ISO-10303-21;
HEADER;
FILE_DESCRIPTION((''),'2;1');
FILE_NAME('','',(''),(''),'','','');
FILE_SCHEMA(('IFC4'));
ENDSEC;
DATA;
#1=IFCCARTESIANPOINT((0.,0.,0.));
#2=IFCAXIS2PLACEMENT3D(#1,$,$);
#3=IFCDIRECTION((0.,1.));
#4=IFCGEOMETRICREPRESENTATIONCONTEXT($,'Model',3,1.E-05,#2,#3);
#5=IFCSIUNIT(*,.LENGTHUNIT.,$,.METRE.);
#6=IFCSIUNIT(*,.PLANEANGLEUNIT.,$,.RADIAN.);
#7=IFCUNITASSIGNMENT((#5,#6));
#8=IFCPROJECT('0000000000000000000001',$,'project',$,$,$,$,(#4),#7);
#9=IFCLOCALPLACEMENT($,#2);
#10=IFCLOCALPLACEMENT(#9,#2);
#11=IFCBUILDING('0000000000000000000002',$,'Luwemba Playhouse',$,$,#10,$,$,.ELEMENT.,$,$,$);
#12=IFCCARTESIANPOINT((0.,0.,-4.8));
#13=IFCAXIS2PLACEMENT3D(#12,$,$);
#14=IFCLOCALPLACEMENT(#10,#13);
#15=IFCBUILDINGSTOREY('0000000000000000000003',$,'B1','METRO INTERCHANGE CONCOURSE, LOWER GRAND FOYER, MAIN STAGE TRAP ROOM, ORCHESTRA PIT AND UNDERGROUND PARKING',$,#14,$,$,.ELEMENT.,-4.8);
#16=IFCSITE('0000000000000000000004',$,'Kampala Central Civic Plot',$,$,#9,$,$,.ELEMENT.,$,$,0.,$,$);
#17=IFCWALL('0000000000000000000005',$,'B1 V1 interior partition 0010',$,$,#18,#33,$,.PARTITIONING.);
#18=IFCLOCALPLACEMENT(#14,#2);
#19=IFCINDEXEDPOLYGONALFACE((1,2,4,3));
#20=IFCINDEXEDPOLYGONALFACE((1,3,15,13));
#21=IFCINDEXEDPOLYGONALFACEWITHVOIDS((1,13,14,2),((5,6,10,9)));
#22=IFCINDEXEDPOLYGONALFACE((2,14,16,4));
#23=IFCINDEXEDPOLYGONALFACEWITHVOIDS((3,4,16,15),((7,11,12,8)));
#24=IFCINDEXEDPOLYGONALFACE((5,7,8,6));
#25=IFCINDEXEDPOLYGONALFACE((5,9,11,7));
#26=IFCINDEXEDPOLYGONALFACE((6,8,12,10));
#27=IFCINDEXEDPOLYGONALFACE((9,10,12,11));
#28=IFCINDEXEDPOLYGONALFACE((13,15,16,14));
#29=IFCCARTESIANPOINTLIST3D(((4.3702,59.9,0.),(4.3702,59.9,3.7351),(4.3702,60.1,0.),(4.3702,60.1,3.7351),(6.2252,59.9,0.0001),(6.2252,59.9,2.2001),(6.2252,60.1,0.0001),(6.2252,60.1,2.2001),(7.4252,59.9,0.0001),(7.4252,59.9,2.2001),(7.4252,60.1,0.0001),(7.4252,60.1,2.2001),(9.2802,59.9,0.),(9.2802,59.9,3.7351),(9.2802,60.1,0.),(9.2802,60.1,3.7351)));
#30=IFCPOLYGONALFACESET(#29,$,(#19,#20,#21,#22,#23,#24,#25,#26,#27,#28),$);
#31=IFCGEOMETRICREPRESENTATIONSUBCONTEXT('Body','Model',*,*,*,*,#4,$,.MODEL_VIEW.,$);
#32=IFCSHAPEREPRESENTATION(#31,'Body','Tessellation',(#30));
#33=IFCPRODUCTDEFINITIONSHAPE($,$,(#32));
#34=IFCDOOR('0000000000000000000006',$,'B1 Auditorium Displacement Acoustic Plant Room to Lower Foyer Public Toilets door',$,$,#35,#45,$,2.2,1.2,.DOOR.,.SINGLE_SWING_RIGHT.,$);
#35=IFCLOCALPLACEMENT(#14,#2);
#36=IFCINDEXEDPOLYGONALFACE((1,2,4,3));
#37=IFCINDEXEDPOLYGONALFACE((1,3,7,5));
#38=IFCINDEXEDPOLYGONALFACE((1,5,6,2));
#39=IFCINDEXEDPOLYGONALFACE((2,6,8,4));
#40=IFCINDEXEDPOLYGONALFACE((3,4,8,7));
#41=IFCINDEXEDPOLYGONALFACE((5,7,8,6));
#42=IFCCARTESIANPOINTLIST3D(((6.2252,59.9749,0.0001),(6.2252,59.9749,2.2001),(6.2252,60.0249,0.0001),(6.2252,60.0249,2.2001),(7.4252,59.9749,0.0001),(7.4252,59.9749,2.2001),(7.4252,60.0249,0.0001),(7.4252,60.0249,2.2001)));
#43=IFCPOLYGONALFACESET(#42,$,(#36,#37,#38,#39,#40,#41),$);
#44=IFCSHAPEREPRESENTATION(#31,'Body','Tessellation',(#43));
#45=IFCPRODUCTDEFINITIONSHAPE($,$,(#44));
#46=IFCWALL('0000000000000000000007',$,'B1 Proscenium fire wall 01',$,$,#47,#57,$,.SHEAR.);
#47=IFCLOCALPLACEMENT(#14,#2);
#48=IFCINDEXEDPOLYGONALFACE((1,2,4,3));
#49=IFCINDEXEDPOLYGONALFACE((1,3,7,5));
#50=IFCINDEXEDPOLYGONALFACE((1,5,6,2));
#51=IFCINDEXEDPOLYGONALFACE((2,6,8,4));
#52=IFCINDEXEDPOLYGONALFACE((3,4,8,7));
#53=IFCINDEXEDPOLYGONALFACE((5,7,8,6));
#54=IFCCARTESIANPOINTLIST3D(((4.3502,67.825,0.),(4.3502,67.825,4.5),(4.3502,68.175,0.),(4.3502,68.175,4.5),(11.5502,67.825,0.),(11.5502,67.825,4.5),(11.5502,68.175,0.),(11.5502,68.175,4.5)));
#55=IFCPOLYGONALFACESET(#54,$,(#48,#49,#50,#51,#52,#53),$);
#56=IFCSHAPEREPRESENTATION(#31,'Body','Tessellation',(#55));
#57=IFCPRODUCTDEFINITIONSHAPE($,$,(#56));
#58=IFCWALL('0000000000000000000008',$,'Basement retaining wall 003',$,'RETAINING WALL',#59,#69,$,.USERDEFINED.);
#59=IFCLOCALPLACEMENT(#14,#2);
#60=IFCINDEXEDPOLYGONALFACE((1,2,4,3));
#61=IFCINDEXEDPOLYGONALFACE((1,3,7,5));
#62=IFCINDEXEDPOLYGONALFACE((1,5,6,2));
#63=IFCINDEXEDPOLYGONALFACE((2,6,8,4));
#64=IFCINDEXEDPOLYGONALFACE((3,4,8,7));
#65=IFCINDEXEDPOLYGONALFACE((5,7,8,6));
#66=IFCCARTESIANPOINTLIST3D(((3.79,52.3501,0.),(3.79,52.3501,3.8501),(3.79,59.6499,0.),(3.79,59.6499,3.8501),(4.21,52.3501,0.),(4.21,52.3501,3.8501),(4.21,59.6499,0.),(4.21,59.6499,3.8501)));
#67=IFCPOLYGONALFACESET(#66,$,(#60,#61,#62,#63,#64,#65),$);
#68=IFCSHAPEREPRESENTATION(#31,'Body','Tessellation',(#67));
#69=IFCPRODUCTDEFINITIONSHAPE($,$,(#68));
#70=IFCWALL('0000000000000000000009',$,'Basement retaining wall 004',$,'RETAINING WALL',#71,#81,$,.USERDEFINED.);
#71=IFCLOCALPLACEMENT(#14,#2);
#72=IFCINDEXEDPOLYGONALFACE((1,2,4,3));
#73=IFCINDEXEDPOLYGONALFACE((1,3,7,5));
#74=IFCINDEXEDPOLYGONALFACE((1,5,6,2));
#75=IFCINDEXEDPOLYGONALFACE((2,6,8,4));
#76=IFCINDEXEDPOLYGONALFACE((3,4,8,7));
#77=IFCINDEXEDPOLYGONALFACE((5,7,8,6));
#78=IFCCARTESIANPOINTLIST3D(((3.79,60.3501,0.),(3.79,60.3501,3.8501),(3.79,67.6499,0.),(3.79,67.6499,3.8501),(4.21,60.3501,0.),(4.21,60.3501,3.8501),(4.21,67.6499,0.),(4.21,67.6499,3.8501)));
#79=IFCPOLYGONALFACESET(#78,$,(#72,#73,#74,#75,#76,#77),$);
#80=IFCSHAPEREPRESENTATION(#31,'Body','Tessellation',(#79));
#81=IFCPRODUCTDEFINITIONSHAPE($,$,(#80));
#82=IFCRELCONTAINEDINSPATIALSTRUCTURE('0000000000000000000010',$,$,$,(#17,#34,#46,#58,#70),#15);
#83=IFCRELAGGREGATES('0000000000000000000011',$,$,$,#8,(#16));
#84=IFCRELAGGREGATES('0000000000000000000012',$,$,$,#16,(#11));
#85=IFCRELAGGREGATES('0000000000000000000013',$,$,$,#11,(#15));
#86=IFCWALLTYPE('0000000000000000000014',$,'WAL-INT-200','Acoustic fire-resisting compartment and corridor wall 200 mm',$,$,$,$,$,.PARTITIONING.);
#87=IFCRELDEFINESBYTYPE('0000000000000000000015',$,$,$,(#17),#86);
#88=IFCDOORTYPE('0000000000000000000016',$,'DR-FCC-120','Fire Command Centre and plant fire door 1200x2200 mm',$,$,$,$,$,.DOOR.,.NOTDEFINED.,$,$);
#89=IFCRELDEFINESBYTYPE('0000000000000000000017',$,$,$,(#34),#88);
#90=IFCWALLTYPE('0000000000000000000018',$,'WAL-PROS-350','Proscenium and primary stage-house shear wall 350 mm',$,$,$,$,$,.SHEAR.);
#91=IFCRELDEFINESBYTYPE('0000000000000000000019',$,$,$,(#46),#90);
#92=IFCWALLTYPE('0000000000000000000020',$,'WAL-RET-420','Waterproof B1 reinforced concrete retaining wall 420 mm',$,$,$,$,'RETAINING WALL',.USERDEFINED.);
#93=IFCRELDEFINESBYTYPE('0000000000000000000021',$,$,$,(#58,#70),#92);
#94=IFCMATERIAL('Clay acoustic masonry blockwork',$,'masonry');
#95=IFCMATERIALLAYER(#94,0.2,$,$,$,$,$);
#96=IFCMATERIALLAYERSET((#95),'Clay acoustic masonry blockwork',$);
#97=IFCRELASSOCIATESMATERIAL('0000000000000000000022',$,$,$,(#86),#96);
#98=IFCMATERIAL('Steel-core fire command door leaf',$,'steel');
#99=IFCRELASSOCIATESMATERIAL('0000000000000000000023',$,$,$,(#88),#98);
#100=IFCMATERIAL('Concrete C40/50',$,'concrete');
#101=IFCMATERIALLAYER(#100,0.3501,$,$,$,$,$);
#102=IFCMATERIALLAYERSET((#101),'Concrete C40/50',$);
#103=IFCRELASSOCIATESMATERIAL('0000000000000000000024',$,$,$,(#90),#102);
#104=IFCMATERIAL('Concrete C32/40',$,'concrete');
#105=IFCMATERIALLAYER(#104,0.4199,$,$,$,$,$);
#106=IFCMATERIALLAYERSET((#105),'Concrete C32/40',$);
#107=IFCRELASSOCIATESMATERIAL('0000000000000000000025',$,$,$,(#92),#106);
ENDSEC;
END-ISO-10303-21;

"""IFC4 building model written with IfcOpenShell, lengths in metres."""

from ifc_helpers import new_model, si_unit, direction, frame, frame_2d, origin, place, context, subcontext, project, spatial, rectangle, extrude, material, layer, layer_set, type_object, element, fill, save


model = new_model("IFC4")

# Units and contexts
model_context = context("Model", 3, precision=1e-05, world=origin(), true_north=direction((0.0, 1.0)))
body_context = subcontext(model_context, "Body", "Model", "MODEL_VIEW")
ifc_project = project(units=[si_unit("LENGTHUNIT", "METRE"), si_unit("PLANEANGLEUNIT", "RADIAN")], contexts=[model_context])

# Site, building, storey
site_placement = place(None, origin())
site = spatial("IfcSite", under=ifc_project, at=site_placement, Name="Kampala Central Civic Plot", CompositionType="ELEMENT", RefElevation=0.0)
building_placement = place(site_placement, origin())
building = spatial("IfcBuilding", under=site, at=building_placement, Name="Luwemba Playhouse", CompositionType="ELEMENT")
storey_placement = place(building_placement, frame((0.0, 0.0, -4.8)))
storey = spatial("IfcBuildingStorey", under=building, at=storey_placement, Name="B1", Description="METRO INTERCHANGE CONCOURSE, LOWER GRAND FOYER, MAIN STAGE TRAP ROOM, ORCHESTRA PIT AND UNDERGROUND PARKING", CompositionType="ELEMENT", Elevation=-4.8)

# Shared definitions
ifc_material_1 = material(Name="Concrete C32/40", Category="concrete")

# Shared definitions
ifc_material_2 = material(Name="Concrete C40/50", Category="concrete")

# Wall, opening, door
ifc_material_3 = material(Name="Clay acoustic masonry blockwork", Category="masonry")
ifc_layer_1 = layer(ifc_material_3, 0.2)
ifc_layer_set_1 = layer_set([ifc_layer_1], Name="Clay acoustic masonry blockwork")
wall_type_1 = type_object("IfcWallType", Name="WAL-INT-200", Description="Acoustic fire-resisting compartment and corridor wall 200 mm", PredefinedType="PARTITIONING", material=ifc_layer_set_1)
wall_1_placement = place(storey_placement, frame((4.3701, 60.0, 0.0), z_axis=(0.0, 0.0, 1.0), x_axis=(1.0, 0.0, 0.0)))
wall_1 = element("IfcWall", 1, at=wall_1_placement, inside=storey, type_object=wall_type_1, Name="B1 V1 interior partition 0010", PredefinedType="PARTITIONING", context=body_context, shape_type="SweptSolid", body=[
    extrude(rectangle(XDim=4.9099, YDim=0.2, at=frame_2d((2.4551, 0.0))), origin(), (0.0, 0.0, 1.0), 3.7351),
])
opening_1_placement = place(wall_1_placement, frame((1.855, 0.0, 0.0)))
opening_1 = element("IfcOpeningElement", 2, at=opening_1_placement, cuts=wall_1, PredefinedType="OPENING", context=body_context, shape_type="SweptSolid", body=[
    extrude(rectangle(XDim=1.2, YDim=2.2, at=frame_2d((0.6001, 1.1001))), frame((0.0, 0.1099, 0.0), z_axis=(0.0, -1.0, 0.0), x_axis=(1.0, 0.0, 0.0)), (0.0, 0.0, 1.0), 0.22),
])
ifc_material_4 = material(Name="Steel-core fire command door leaf", Category="steel")
door_type_1 = type_object("IfcDoorType", Name="DR-FCC-120", Description="Fire Command Centre and plant fire door 1200x2200 mm", OperationType="NOTDEFINED", PredefinedType="DOOR", material=ifc_material_4)
door_1_placement = place(opening_1_placement, origin())
door_1 = element("IfcDoor", 3, at=door_1_placement, inside=storey, type_object=door_type_1, Name="B1 Auditorium Displacement Acoustic Plant Room to Lower Foyer Public Toilets door", OperationType="SINGLE_SWING_RIGHT", OverallHeight=2.2, OverallWidth=1.2, PredefinedType="DOOR", context=body_context, shape_type="SweptSolid", body=[
    extrude(rectangle(XDim=1.2, YDim=2.2, at=frame_2d((0.6001, 1.1001))), frame((0.0, 0.0249, 0.0), z_axis=(0.0, -1.0, 0.0), x_axis=(1.0, 0.0, 0.0)), (0.0, 0.0, 1.0), 0.05),
])
fill(opening_1, door_1)

# Walls
ifc_layer_2 = layer(ifc_material_2, 0.3501)
ifc_layer_set_2 = layer_set([ifc_layer_2], Name="Concrete C40/50")
wall_type_2 = type_object("IfcWallType", Name="WAL-PROS-350", Description="Proscenium and primary stage-house shear wall 350 mm", PredefinedType="SHEAR", material=ifc_layer_set_2)
wall_2_placement = place(storey_placement, frame((4.3501, 68.0, 0.0), z_axis=(0.0, 0.0, 1.0), x_axis=(1.0, 0.0, 0.0)))
element("IfcWall", 4, at=wall_2_placement, inside=storey, type_object=wall_type_2, Name="B1 Proscenium fire wall 01", PredefinedType="SHEAR", context=body_context, shape_type="SweptSolid", body=[
    extrude(rectangle(XDim=7.2, YDim=0.3501, at=frame_2d((3.6001, 0.0))), origin(), (0.0, 0.0, 1.0), 4.5),
])
ifc_layer_3 = layer(ifc_material_1, 0.4199)
ifc_layer_set_3 = layer_set([ifc_layer_3], Name="Concrete C32/40")
wall_type_3 = type_object("IfcWallType", Name="WAL-RET-420", Description="Waterproof B1 reinforced concrete retaining wall 420 mm", ElementType="RETAINING WALL", PredefinedType="USERDEFINED", material=ifc_layer_set_3)
for number, where, z_axis, x_axis, name in (
    (5, (4.0, 52.3501, 0.0), (0.0, 0.0, 1.0), (0.0, 1.0, 0.0), "Basement retaining wall 003"),
    (6, (4.0, 60.3501, 0.0), (0.0, 0.0, 1.0), (0.0, 1.0, 0.0), "Basement retaining wall 004"),
):
    element("IfcWall", number, at=place(storey_placement, frame(where, z_axis=z_axis, x_axis=x_axis)), inside=storey, type_object=wall_type_3, Name=name, ObjectType="RETAINING WALL", PredefinedType="USERDEFINED", context=body_context, shape_type="SweptSolid", body=[
        extrude(rectangle(XDim=7.2998, YDim=0.4199, at=frame_2d((3.6499, 0.0))), origin(), (0.0, 0.0, 1.0), 3.8501),
    ])

save(model, "model.ifc")
